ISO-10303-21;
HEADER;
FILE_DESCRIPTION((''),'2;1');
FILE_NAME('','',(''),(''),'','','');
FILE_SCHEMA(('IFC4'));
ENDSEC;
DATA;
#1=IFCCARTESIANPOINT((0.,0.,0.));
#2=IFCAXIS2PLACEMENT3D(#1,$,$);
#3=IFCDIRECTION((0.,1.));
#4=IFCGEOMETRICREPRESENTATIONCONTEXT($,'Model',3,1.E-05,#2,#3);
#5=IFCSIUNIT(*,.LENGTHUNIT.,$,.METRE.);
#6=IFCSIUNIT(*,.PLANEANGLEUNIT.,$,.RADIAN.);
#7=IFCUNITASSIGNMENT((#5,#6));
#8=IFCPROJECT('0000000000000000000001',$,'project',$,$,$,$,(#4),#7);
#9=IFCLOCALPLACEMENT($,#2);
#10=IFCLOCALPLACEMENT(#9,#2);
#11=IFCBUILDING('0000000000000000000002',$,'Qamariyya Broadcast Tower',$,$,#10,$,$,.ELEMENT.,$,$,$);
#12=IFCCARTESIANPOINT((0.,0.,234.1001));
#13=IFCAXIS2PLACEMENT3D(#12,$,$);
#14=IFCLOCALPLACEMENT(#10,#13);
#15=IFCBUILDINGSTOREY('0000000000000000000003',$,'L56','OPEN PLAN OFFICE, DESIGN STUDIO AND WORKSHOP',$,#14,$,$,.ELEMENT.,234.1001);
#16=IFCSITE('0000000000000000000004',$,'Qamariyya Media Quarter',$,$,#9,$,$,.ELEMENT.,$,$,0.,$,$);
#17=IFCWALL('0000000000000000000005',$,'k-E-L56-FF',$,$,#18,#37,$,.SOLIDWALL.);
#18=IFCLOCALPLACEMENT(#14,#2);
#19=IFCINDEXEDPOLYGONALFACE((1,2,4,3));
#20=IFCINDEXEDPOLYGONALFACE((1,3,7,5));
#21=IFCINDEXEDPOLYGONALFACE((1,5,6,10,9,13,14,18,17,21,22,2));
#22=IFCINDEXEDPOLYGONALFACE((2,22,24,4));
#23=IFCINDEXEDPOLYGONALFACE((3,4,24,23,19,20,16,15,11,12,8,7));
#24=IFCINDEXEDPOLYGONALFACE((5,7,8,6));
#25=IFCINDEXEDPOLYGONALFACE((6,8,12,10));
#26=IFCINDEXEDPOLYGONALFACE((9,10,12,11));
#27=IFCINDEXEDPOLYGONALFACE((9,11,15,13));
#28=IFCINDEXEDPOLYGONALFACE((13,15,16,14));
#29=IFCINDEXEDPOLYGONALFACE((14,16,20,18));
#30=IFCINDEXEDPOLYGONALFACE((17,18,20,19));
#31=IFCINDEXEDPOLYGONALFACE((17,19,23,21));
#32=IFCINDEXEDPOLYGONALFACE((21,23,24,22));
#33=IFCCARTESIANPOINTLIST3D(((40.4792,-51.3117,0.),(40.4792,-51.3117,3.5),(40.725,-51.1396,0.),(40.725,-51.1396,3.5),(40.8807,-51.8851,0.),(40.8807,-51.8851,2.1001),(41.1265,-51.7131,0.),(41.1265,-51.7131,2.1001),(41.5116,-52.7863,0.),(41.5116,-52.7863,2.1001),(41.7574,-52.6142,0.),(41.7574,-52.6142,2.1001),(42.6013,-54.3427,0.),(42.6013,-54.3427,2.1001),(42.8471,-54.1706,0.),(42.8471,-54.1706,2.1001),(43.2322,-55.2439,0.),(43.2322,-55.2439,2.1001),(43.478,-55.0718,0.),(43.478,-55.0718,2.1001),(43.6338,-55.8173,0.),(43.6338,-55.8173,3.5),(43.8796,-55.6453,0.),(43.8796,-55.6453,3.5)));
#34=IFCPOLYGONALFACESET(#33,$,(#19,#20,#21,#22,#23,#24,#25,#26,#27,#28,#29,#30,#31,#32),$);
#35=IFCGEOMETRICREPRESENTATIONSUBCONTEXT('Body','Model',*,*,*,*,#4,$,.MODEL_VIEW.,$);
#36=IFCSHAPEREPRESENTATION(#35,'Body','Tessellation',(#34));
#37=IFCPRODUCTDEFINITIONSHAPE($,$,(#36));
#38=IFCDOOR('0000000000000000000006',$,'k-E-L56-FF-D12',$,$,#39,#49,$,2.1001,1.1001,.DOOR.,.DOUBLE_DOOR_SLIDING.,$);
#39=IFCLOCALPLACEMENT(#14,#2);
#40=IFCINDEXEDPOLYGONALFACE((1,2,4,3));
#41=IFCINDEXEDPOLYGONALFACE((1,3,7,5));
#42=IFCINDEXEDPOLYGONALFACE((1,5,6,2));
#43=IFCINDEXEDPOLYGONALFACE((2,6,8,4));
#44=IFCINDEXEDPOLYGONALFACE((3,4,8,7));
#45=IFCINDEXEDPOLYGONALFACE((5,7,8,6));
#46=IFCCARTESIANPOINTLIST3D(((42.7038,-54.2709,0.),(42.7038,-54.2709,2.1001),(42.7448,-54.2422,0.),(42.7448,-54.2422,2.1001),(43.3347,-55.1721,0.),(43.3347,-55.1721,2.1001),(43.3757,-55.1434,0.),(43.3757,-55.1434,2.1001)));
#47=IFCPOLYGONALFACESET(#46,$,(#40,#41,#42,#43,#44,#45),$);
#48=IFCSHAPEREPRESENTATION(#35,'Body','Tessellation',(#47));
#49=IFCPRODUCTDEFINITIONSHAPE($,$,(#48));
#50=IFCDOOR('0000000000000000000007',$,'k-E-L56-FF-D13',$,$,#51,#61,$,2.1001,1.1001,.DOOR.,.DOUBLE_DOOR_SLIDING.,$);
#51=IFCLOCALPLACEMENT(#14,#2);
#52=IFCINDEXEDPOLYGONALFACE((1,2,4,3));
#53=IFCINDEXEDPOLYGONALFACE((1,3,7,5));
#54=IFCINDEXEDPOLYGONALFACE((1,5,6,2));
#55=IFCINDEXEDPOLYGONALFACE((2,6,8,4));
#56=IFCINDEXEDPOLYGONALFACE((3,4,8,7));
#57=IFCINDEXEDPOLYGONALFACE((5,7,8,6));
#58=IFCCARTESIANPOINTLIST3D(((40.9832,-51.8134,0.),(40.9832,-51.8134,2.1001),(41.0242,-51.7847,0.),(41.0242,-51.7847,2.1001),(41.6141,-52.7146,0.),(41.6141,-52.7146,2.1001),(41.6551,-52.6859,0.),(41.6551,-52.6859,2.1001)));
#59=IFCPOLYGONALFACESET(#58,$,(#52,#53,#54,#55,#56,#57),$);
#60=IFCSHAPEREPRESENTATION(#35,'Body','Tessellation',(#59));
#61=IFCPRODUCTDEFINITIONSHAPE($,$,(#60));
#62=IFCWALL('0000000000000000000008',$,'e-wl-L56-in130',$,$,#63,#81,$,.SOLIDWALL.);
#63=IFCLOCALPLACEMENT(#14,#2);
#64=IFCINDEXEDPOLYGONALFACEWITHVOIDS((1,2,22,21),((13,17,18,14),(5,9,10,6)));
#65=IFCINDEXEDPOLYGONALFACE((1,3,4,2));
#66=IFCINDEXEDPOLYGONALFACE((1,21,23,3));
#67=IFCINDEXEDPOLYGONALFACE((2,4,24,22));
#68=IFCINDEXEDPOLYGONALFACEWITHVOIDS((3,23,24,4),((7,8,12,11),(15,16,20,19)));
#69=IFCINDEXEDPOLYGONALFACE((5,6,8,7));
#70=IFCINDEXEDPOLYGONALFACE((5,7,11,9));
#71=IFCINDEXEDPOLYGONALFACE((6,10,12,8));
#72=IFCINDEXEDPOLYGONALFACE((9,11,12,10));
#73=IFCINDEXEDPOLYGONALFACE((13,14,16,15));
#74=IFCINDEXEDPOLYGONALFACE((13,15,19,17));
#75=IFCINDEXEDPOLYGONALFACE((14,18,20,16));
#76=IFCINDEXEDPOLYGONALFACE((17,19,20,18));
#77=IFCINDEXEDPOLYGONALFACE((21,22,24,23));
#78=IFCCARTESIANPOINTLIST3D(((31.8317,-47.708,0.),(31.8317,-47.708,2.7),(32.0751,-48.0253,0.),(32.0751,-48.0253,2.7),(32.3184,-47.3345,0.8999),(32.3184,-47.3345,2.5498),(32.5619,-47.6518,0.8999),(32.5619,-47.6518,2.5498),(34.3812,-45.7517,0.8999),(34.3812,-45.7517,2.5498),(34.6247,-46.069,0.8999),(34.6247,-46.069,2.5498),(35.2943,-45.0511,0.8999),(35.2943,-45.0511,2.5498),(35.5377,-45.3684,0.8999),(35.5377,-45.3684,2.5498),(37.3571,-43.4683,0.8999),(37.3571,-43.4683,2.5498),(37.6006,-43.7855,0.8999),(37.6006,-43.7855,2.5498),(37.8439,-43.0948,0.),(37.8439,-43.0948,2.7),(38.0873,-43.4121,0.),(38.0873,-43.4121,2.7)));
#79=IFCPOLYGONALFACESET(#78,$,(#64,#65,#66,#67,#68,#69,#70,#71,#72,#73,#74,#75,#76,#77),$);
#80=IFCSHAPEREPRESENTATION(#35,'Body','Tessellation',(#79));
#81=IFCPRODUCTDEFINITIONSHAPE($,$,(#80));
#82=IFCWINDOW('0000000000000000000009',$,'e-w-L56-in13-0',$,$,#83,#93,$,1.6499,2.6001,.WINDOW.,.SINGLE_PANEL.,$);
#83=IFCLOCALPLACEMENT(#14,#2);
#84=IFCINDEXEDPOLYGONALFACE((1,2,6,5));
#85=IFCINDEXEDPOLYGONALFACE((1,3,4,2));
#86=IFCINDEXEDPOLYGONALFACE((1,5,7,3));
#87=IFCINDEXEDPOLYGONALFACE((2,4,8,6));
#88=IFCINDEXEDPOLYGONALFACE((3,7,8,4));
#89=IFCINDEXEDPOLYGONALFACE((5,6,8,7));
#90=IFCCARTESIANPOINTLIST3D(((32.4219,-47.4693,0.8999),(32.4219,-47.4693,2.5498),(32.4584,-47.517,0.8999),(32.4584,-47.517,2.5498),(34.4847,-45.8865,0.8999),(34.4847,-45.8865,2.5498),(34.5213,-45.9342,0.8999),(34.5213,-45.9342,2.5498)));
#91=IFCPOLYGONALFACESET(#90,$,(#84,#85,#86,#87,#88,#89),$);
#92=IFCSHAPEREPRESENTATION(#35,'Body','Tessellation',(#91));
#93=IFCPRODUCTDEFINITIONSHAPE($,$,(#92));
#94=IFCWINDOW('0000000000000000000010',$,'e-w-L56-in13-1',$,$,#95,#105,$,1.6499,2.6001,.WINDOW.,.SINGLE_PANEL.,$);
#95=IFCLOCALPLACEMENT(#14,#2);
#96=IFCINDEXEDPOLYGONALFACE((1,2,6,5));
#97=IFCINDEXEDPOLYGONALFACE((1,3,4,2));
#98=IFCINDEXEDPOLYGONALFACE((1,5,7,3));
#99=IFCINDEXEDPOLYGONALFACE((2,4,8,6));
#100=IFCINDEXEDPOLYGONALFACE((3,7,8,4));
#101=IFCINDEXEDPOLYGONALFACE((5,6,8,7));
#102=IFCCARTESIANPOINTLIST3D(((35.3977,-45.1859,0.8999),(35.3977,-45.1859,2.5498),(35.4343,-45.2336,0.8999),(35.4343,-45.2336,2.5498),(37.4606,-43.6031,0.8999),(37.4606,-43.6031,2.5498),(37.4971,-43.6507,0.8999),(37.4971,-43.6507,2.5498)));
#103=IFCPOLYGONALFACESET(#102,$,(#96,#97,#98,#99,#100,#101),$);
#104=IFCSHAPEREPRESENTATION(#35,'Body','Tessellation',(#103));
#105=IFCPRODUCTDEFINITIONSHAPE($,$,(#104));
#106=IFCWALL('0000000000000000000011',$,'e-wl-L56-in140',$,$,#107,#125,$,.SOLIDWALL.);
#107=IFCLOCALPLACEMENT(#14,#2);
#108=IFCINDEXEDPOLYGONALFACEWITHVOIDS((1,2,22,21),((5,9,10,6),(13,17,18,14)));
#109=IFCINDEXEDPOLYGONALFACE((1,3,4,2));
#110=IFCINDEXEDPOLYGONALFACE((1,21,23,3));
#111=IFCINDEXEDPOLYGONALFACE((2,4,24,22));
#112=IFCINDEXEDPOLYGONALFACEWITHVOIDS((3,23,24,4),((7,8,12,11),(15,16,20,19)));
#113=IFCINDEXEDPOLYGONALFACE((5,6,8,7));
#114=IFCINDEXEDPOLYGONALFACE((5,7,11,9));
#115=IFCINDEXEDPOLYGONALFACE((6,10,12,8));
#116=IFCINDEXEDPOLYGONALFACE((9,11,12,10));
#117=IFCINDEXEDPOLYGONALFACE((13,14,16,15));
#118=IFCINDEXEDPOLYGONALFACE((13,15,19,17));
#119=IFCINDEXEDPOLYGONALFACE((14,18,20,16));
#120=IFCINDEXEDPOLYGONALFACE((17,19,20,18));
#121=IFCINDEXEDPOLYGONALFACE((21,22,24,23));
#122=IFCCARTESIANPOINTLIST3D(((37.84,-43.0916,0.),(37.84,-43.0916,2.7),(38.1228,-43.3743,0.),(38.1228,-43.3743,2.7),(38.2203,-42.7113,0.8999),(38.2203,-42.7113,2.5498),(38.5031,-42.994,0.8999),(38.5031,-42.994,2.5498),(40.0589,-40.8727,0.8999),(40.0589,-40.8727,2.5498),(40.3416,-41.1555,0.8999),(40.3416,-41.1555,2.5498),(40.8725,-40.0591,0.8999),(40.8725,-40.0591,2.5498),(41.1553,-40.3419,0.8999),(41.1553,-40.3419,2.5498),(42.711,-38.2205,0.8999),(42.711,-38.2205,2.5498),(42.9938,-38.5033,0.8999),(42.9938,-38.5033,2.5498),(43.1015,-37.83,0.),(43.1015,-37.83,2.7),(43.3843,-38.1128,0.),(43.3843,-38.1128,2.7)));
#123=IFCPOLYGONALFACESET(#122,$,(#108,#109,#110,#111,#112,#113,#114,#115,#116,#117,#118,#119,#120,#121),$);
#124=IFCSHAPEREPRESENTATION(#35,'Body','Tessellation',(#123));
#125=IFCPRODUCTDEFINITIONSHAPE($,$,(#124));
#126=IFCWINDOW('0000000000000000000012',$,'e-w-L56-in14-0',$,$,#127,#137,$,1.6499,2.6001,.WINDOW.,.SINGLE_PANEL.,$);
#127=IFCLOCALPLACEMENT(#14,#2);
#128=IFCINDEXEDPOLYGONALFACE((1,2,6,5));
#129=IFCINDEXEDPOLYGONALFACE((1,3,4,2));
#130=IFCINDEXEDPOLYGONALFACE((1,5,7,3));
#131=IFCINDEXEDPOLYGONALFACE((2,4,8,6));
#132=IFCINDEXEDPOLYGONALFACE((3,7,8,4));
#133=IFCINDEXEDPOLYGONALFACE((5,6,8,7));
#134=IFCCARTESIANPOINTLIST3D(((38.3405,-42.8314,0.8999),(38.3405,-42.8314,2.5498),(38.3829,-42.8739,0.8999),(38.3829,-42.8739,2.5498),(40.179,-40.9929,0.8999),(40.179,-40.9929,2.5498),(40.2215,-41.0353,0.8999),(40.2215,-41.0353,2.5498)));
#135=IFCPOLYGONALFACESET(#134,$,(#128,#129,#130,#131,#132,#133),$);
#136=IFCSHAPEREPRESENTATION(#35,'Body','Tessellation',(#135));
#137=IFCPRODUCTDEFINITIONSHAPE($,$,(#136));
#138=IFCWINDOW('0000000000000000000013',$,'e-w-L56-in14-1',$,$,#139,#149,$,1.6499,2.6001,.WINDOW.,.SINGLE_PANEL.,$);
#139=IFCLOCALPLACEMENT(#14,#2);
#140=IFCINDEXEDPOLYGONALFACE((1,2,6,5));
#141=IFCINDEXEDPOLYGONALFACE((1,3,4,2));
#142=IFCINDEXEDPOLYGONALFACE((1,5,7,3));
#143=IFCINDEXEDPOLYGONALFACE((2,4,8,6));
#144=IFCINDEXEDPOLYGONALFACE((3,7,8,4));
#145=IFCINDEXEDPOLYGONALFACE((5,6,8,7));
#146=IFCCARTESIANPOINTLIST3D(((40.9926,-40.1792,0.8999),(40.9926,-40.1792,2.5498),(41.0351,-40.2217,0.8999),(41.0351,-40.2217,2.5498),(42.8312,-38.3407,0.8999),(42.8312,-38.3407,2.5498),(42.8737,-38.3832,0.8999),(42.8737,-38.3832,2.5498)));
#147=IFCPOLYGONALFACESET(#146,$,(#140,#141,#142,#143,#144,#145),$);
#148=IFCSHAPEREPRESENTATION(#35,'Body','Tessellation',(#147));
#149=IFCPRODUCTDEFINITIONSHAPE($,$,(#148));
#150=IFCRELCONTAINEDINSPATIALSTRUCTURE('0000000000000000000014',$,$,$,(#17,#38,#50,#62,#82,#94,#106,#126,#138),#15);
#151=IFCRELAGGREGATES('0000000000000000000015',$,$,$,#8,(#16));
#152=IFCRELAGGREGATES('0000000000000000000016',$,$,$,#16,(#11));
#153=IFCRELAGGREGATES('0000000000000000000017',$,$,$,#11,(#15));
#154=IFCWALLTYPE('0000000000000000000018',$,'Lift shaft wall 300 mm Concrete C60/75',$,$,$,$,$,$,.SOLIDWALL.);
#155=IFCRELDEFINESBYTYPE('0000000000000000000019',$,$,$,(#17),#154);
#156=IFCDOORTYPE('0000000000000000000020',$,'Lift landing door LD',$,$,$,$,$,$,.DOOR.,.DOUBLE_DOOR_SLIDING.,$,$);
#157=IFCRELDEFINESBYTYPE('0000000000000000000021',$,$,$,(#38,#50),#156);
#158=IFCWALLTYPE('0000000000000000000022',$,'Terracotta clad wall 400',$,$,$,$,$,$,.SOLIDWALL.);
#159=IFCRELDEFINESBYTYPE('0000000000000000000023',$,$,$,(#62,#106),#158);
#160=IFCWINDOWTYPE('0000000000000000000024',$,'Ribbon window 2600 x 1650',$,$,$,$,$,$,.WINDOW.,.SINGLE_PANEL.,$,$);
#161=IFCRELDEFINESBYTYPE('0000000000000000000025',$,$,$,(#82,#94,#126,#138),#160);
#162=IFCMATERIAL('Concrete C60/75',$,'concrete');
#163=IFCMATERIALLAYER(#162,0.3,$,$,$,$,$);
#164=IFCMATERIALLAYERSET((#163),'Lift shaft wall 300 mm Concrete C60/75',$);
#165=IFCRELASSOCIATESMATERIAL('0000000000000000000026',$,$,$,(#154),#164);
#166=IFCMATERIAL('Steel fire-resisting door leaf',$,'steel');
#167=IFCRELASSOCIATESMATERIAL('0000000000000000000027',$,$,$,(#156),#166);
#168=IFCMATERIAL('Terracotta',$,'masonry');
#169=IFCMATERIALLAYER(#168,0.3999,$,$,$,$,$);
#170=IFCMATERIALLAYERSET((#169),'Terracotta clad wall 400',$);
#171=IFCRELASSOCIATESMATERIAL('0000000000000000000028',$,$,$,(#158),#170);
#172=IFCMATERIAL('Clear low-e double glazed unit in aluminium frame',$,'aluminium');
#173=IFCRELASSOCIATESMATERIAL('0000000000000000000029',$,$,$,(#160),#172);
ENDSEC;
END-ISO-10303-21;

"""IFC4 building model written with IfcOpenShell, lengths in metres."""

from ifc_helpers import new_model, si_unit, direction, frame, frame_2d, origin, place, context, subcontext, project, spatial, rectangle, extrude, material, layer, layer_set, type_object, element, fill, save


model = new_model("IFC4")

# Units and contexts
model_context = context("Model", 3, precision=1e-05, world=origin(), true_north=direction((0.0, 1.0)))
body_context = subcontext(model_context, "Body", "Model", "MODEL_VIEW")
ifc_project = project(units=[si_unit("LENGTHUNIT", "METRE"), si_unit("PLANEANGLEUNIT", "RADIAN")], contexts=[model_context])

# Site, building, storey
site_placement = place(None, origin())
site = spatial("IfcSite", under=ifc_project, at=site_placement, Name="Qamariyya Media Quarter", CompositionType="ELEMENT", RefElevation=0.0)
building_placement = place(site_placement, origin())
building = spatial("IfcBuilding", under=site, at=building_placement, Name="Qamariyya Broadcast Tower", CompositionType="ELEMENT")
storey_placement = place(building_placement, frame((0.0, 0.0, 234.1001)))
storey = spatial("IfcBuildingStorey", under=building, at=storey_placement, Name="L56", Description="OPEN PLAN OFFICE, DESIGN STUDIO AND WORKSHOP", CompositionType="ELEMENT", Elevation=234.1001)

# Shared definitions
ifc_material_1 = material(Name="Concrete C60/75", Category="concrete")

# Shared definitions
ifc_layer_1 = layer(ifc_material_1, 0.3)
ifc_layer_set_1 = layer_set([ifc_layer_1], Name="Lift shaft wall 300 mm Concrete C60/75")
wall_type_1 = type_object("IfcWallType", Name="Lift shaft wall 300 mm Concrete C60/75", PredefinedType="SOLIDWALL", material=ifc_layer_set_1)
ifc_material_2 = material(Name="Steel fire-resisting door leaf", Category="steel")

# Wall, openings, doors
wall_1_placement = place(storey_placement, frame((43.7566, -55.7312, 0.0), z_axis=(0.0, 0.0, 1.0), x_axis=(-0.573537, 0.81918, 0.0)))
wall_1 = element("IfcWall", 1, at=wall_1_placement, inside=storey, type_object=wall_type_1, Name="k-E-L56-FF", PredefinedType="SOLIDWALL", context=body_context, shape_type="SweptSolid", body=[
    extrude(rectangle(XDim=5.5002, YDim=0.3, at=frame_2d((2.75, 0.0))), origin(), (0.0, 0.0, 1.0), 3.5),
])
opening_1_placement = place(wall_1_placement, frame((0.7, 0.0, 0.0)))
opening_1 = element("IfcOpeningElement", 2, at=opening_1_placement, cuts=wall_1, PredefinedType="OPENING", context=body_context, shape_type="SweptSolid", body=[
    extrude(rectangle(XDim=1.1001, YDim=2.1001, at=frame_2d((0.55, 1.05))), frame((0.0, 0.1599, 0.0), z_axis=(0.0, -1.0, 0.0), x_axis=(1.0, 0.0, 0.0)), (0.0, 0.0, 1.0), 0.3201),
])
opening_2_placement = place(wall_1_placement, frame((3.7, 0.0, 0.0)))
opening_2 = element("IfcOpeningElement", 3, at=opening_2_placement, cuts=wall_1, PredefinedType="OPENING", context=body_context, shape_type="SweptSolid", body=[
    extrude(rectangle(XDim=1.1001, YDim=2.1001, at=frame_2d((0.55, 1.05))), frame((0.0, 0.1599, 0.0), z_axis=(0.0, -1.0, 0.0), x_axis=(1.0, 0.0, 0.0)), (0.0, 0.0, 1.0), 0.3201),
])
door_type_1 = type_object("IfcDoorType", Name="Lift landing door LD", OperationType="DOUBLE_DOOR_SLIDING", PredefinedType="DOOR", material=ifc_material_2)
door_1_placement = place(opening_1_placement, origin())
door_1 = element("IfcDoor", 4, at=door_1_placement, inside=storey, type_object=door_type_1, Name="k-E-L56-FF-D12", OperationType="DOUBLE_DOOR_SLIDING", OverallHeight=2.1001, OverallWidth=1.1001, PredefinedType="DOOR", context=body_context, shape_type="SweptSolid", body=[
    extrude(rectangle(XDim=1.1001, YDim=2.1001, at=frame_2d((0.55, 1.05))), frame((0.0, 0.0249, 0.0), z_axis=(0.0, -1.0, 0.0), x_axis=(1.0, 0.0, 0.0)), (0.0, 0.0, 1.0), 0.05),
])
fill(opening_1, door_1)
door_2_placement = place(opening_2_placement, origin())
door_2 = element("IfcDoor", 5, at=door_2_placement, inside=storey, type_object=door_type_1, Name="k-E-L56-FF-D13", OperationType="DOUBLE_DOOR_SLIDING", OverallHeight=2.1001, OverallWidth=1.1001, PredefinedType="DOOR", context=body_context, shape_type="SweptSolid", body=[
    extrude(rectangle(XDim=1.1001, YDim=2.1001, at=frame_2d((0.55, 1.05))), frame((0.0, 0.0249, 0.0), z_axis=(0.0, -1.0, 0.0), x_axis=(1.0, 0.0, 0.0)), (0.0, 0.0, 1.0), 0.05),
])
fill(opening_2, door_2)

# Walls, openings, windows
ifc_material_3 = material(Name="Terracotta", Category="masonry")
ifc_layer_2 = layer(ifc_material_3, 0.3999)
ifc_layer_set_2 = layer_set([ifc_layer_2], Name="Terracotta clad wall 400")
wall_type_2 = type_object("IfcWallType", Name="Terracotta clad wall 400", PredefinedType="SOLIDWALL", material=ifc_layer_set_2)
wall_2_placement = place(storey_placement, frame((37.9656, -43.2534, 0.0), z_axis=(0.0, 0.0, 1.0), x_axis=(-0.793356, -0.608757, 0.0)))
wall_2 = element("IfcWall", 6, at=wall_2_placement, inside=storey, type_object=wall_type_2, Name="e-wl-L56-in130", PredefinedType="SOLIDWALL", context=body_context, shape_type="SweptSolid", body=[
    extrude(rectangle(XDim=7.5781, YDim=0.3999, at=frame_2d((3.7891, 0.0))), origin(), (0.0, 0.0, 1.0), 2.7),
])
opening_3_placement = place(wall_2_placement, frame((4.3645, 0.0, 0.8999)))
opening_3 = element("IfcOpeningElement", 7, at=opening_3_placement, cuts=wall_2, PredefinedType="OPENING", context=body_context, shape_type="SweptSolid", body=[
    extrude(rectangle(XDim=2.6001, YDim=1.6499, at=frame_2d((1.3, 0.825))), frame((0.0, 0.21, 0.0), z_axis=(0.0, -1.0, 0.0), x_axis=(1.0, 0.0, 0.0)), (0.0, 0.0, 1.0), 0.4199),
])
opening_4_placement = place(wall_2_placement, frame((0.6135, 0.0, 0.8999)))
opening_4 = element("IfcOpeningElement", 8, at=opening_4_placement, cuts=wall_2, PredefinedType="OPENING", context=body_context, shape_type="SweptSolid", body=[
    extrude(rectangle(XDim=2.6001, YDim=1.6499, at=frame_2d((1.3, 0.825))), frame((0.0, 0.21, 0.0), z_axis=(0.0, -1.0, 0.0), x_axis=(1.0, 0.0, 0.0)), (0.0, 0.0, 1.0), 0.4199),
])
ifc_material_4 = material(Name="Clear low-e double glazed unit in aluminium frame", Category="aluminium")
window_type = type_object("IfcWindowType", Name="Ribbon window 2600 x 1650", PartitioningType="SINGLE_PANEL", PredefinedType="WINDOW", material=ifc_material_4)
window_1_placement = place(opening_3_placement, origin())
window_1 = element("IfcWindow", 9, at=window_1_placement, inside=storey, type_object=window_type, Name="e-w-L56-in13-0", OverallHeight=1.6499, OverallWidth=2.6001, PartitioningType="SINGLE_PANEL", PredefinedType="WINDOW", context=body_context, shape_type="SweptSolid", body=[
    extrude(rectangle(XDim=2.6001, YDim=1.6499, at=frame_2d((1.3, 0.825))), frame((0.0, 0.03, 0.0), z_axis=(0.0, -1.0, 0.0), x_axis=(1.0, 0.0, 0.0)), (0.0, 0.0, 1.0), 0.0601),
])
fill(opening_3, window_1)
window_2_placement = place(opening_4_placement, origin())
window_2 = element("IfcWindow", 10, at=window_2_placement, inside=storey, type_object=window_type, Name="e-w-L56-in13-1", OverallHeight=1.6499, OverallWidth=2.6001, PartitioningType="SINGLE_PANEL", PredefinedType="WINDOW", context=body_context, shape_type="SweptSolid", body=[
    extrude(rectangle(XDim=2.6001, YDim=1.6499, at=frame_2d((1.3, 0.825))), frame((0.0, 0.03, 0.0), z_axis=(0.0, -1.0, 0.0), x_axis=(1.0, 0.0, 0.0)), (0.0, 0.0, 1.0), 0.0601),
])
fill(opening_4, window_2)
wall_3_placement = place(storey_placement, frame((43.2429, -37.9714, 0.0), z_axis=(0.0, 0.0, 1.0), x_axis=(-0.707107, -0.707107, 0.0)))
wall_3 = element("IfcWall", 11, at=wall_3_placement, inside=storey, type_object=wall_type_2, Name="e-wl-L56-in140", PredefinedType="SOLIDWALL", context=body_context, shape_type="SweptSolid", body=[
    extrude(rectangle(XDim=7.4409, YDim=0.3999, at=frame_2d((3.7205, 0.0))), origin(), (0.0, 0.0, 1.0), 2.7),
])
opening_5_placement = place(wall_3_placement, frame((4.303, 0.0, 0.8999)))
opening_5 = element("IfcOpeningElement", 12, at=opening_5_placement, cuts=wall_3, PredefinedType="OPENING", context=body_context, shape_type="SweptSolid", body=[
    extrude(rectangle(XDim=2.6001, YDim=1.6499, at=frame_2d((1.3, 0.825))), frame((0.0, 0.21, 0.0), z_axis=(0.0, -1.0, 0.0), x_axis=(1.0, 0.0, 0.0)), (0.0, 0.0, 1.0), 0.4199),
])
opening_6_placement = place(wall_3_placement, frame((0.5522, 0.0, 0.8999)))
opening_6 = element("IfcOpeningElement", 13, at=opening_6_placement, cuts=wall_3, PredefinedType="OPENING", context=body_context, shape_type="SweptSolid", body=[
    extrude(rectangle(XDim=2.6001, YDim=1.6499, at=frame_2d((1.3, 0.825))), frame((0.0, 0.21, 0.0), z_axis=(0.0, -1.0, 0.0), x_axis=(1.0, 0.0, 0.0)), (0.0, 0.0, 1.0), 0.4199),
])
window_3_placement = place(opening_5_placement, origin())
window_3 = element("IfcWindow", 14, at=window_3_placement, inside=storey, type_object=window_type, Name="e-w-L56-in14-0", OverallHeight=1.6499, OverallWidth=2.6001, PartitioningType="SINGLE_PANEL", PredefinedType="WINDOW", context=body_context, shape_type="SweptSolid", body=[
    extrude(rectangle(XDim=2.6001, YDim=1.6499, at=frame_2d((1.3, 0.825))), frame((0.0, 0.03, 0.0), z_axis=(0.0, -1.0, 0.0), x_axis=(1.0, 0.0, 0.0)), (0.0, 0.0, 1.0), 0.0601),
])
fill(opening_5, window_3)
window_4_placement = place(opening_6_placement, origin())
window_4 = element("IfcWindow", 15, at=window_4_placement, inside=storey, type_object=window_type, Name="e-w-L56-in14-1", OverallHeight=1.6499, OverallWidth=2.6001, PartitioningType="SINGLE_PANEL", PredefinedType="WINDOW", context=body_context, shape_type="SweptSolid", body=[
    extrude(rectangle(XDim=2.6001, YDim=1.6499, at=frame_2d((1.3, 0.825))), frame((0.0, 0.03, 0.0), z_axis=(0.0, -1.0, 0.0), x_axis=(1.0, 0.0, 0.0)), (0.0, 0.0, 1.0), 0.0601),
])
fill(opening_6, window_4)

save(model, "model.ifc")
